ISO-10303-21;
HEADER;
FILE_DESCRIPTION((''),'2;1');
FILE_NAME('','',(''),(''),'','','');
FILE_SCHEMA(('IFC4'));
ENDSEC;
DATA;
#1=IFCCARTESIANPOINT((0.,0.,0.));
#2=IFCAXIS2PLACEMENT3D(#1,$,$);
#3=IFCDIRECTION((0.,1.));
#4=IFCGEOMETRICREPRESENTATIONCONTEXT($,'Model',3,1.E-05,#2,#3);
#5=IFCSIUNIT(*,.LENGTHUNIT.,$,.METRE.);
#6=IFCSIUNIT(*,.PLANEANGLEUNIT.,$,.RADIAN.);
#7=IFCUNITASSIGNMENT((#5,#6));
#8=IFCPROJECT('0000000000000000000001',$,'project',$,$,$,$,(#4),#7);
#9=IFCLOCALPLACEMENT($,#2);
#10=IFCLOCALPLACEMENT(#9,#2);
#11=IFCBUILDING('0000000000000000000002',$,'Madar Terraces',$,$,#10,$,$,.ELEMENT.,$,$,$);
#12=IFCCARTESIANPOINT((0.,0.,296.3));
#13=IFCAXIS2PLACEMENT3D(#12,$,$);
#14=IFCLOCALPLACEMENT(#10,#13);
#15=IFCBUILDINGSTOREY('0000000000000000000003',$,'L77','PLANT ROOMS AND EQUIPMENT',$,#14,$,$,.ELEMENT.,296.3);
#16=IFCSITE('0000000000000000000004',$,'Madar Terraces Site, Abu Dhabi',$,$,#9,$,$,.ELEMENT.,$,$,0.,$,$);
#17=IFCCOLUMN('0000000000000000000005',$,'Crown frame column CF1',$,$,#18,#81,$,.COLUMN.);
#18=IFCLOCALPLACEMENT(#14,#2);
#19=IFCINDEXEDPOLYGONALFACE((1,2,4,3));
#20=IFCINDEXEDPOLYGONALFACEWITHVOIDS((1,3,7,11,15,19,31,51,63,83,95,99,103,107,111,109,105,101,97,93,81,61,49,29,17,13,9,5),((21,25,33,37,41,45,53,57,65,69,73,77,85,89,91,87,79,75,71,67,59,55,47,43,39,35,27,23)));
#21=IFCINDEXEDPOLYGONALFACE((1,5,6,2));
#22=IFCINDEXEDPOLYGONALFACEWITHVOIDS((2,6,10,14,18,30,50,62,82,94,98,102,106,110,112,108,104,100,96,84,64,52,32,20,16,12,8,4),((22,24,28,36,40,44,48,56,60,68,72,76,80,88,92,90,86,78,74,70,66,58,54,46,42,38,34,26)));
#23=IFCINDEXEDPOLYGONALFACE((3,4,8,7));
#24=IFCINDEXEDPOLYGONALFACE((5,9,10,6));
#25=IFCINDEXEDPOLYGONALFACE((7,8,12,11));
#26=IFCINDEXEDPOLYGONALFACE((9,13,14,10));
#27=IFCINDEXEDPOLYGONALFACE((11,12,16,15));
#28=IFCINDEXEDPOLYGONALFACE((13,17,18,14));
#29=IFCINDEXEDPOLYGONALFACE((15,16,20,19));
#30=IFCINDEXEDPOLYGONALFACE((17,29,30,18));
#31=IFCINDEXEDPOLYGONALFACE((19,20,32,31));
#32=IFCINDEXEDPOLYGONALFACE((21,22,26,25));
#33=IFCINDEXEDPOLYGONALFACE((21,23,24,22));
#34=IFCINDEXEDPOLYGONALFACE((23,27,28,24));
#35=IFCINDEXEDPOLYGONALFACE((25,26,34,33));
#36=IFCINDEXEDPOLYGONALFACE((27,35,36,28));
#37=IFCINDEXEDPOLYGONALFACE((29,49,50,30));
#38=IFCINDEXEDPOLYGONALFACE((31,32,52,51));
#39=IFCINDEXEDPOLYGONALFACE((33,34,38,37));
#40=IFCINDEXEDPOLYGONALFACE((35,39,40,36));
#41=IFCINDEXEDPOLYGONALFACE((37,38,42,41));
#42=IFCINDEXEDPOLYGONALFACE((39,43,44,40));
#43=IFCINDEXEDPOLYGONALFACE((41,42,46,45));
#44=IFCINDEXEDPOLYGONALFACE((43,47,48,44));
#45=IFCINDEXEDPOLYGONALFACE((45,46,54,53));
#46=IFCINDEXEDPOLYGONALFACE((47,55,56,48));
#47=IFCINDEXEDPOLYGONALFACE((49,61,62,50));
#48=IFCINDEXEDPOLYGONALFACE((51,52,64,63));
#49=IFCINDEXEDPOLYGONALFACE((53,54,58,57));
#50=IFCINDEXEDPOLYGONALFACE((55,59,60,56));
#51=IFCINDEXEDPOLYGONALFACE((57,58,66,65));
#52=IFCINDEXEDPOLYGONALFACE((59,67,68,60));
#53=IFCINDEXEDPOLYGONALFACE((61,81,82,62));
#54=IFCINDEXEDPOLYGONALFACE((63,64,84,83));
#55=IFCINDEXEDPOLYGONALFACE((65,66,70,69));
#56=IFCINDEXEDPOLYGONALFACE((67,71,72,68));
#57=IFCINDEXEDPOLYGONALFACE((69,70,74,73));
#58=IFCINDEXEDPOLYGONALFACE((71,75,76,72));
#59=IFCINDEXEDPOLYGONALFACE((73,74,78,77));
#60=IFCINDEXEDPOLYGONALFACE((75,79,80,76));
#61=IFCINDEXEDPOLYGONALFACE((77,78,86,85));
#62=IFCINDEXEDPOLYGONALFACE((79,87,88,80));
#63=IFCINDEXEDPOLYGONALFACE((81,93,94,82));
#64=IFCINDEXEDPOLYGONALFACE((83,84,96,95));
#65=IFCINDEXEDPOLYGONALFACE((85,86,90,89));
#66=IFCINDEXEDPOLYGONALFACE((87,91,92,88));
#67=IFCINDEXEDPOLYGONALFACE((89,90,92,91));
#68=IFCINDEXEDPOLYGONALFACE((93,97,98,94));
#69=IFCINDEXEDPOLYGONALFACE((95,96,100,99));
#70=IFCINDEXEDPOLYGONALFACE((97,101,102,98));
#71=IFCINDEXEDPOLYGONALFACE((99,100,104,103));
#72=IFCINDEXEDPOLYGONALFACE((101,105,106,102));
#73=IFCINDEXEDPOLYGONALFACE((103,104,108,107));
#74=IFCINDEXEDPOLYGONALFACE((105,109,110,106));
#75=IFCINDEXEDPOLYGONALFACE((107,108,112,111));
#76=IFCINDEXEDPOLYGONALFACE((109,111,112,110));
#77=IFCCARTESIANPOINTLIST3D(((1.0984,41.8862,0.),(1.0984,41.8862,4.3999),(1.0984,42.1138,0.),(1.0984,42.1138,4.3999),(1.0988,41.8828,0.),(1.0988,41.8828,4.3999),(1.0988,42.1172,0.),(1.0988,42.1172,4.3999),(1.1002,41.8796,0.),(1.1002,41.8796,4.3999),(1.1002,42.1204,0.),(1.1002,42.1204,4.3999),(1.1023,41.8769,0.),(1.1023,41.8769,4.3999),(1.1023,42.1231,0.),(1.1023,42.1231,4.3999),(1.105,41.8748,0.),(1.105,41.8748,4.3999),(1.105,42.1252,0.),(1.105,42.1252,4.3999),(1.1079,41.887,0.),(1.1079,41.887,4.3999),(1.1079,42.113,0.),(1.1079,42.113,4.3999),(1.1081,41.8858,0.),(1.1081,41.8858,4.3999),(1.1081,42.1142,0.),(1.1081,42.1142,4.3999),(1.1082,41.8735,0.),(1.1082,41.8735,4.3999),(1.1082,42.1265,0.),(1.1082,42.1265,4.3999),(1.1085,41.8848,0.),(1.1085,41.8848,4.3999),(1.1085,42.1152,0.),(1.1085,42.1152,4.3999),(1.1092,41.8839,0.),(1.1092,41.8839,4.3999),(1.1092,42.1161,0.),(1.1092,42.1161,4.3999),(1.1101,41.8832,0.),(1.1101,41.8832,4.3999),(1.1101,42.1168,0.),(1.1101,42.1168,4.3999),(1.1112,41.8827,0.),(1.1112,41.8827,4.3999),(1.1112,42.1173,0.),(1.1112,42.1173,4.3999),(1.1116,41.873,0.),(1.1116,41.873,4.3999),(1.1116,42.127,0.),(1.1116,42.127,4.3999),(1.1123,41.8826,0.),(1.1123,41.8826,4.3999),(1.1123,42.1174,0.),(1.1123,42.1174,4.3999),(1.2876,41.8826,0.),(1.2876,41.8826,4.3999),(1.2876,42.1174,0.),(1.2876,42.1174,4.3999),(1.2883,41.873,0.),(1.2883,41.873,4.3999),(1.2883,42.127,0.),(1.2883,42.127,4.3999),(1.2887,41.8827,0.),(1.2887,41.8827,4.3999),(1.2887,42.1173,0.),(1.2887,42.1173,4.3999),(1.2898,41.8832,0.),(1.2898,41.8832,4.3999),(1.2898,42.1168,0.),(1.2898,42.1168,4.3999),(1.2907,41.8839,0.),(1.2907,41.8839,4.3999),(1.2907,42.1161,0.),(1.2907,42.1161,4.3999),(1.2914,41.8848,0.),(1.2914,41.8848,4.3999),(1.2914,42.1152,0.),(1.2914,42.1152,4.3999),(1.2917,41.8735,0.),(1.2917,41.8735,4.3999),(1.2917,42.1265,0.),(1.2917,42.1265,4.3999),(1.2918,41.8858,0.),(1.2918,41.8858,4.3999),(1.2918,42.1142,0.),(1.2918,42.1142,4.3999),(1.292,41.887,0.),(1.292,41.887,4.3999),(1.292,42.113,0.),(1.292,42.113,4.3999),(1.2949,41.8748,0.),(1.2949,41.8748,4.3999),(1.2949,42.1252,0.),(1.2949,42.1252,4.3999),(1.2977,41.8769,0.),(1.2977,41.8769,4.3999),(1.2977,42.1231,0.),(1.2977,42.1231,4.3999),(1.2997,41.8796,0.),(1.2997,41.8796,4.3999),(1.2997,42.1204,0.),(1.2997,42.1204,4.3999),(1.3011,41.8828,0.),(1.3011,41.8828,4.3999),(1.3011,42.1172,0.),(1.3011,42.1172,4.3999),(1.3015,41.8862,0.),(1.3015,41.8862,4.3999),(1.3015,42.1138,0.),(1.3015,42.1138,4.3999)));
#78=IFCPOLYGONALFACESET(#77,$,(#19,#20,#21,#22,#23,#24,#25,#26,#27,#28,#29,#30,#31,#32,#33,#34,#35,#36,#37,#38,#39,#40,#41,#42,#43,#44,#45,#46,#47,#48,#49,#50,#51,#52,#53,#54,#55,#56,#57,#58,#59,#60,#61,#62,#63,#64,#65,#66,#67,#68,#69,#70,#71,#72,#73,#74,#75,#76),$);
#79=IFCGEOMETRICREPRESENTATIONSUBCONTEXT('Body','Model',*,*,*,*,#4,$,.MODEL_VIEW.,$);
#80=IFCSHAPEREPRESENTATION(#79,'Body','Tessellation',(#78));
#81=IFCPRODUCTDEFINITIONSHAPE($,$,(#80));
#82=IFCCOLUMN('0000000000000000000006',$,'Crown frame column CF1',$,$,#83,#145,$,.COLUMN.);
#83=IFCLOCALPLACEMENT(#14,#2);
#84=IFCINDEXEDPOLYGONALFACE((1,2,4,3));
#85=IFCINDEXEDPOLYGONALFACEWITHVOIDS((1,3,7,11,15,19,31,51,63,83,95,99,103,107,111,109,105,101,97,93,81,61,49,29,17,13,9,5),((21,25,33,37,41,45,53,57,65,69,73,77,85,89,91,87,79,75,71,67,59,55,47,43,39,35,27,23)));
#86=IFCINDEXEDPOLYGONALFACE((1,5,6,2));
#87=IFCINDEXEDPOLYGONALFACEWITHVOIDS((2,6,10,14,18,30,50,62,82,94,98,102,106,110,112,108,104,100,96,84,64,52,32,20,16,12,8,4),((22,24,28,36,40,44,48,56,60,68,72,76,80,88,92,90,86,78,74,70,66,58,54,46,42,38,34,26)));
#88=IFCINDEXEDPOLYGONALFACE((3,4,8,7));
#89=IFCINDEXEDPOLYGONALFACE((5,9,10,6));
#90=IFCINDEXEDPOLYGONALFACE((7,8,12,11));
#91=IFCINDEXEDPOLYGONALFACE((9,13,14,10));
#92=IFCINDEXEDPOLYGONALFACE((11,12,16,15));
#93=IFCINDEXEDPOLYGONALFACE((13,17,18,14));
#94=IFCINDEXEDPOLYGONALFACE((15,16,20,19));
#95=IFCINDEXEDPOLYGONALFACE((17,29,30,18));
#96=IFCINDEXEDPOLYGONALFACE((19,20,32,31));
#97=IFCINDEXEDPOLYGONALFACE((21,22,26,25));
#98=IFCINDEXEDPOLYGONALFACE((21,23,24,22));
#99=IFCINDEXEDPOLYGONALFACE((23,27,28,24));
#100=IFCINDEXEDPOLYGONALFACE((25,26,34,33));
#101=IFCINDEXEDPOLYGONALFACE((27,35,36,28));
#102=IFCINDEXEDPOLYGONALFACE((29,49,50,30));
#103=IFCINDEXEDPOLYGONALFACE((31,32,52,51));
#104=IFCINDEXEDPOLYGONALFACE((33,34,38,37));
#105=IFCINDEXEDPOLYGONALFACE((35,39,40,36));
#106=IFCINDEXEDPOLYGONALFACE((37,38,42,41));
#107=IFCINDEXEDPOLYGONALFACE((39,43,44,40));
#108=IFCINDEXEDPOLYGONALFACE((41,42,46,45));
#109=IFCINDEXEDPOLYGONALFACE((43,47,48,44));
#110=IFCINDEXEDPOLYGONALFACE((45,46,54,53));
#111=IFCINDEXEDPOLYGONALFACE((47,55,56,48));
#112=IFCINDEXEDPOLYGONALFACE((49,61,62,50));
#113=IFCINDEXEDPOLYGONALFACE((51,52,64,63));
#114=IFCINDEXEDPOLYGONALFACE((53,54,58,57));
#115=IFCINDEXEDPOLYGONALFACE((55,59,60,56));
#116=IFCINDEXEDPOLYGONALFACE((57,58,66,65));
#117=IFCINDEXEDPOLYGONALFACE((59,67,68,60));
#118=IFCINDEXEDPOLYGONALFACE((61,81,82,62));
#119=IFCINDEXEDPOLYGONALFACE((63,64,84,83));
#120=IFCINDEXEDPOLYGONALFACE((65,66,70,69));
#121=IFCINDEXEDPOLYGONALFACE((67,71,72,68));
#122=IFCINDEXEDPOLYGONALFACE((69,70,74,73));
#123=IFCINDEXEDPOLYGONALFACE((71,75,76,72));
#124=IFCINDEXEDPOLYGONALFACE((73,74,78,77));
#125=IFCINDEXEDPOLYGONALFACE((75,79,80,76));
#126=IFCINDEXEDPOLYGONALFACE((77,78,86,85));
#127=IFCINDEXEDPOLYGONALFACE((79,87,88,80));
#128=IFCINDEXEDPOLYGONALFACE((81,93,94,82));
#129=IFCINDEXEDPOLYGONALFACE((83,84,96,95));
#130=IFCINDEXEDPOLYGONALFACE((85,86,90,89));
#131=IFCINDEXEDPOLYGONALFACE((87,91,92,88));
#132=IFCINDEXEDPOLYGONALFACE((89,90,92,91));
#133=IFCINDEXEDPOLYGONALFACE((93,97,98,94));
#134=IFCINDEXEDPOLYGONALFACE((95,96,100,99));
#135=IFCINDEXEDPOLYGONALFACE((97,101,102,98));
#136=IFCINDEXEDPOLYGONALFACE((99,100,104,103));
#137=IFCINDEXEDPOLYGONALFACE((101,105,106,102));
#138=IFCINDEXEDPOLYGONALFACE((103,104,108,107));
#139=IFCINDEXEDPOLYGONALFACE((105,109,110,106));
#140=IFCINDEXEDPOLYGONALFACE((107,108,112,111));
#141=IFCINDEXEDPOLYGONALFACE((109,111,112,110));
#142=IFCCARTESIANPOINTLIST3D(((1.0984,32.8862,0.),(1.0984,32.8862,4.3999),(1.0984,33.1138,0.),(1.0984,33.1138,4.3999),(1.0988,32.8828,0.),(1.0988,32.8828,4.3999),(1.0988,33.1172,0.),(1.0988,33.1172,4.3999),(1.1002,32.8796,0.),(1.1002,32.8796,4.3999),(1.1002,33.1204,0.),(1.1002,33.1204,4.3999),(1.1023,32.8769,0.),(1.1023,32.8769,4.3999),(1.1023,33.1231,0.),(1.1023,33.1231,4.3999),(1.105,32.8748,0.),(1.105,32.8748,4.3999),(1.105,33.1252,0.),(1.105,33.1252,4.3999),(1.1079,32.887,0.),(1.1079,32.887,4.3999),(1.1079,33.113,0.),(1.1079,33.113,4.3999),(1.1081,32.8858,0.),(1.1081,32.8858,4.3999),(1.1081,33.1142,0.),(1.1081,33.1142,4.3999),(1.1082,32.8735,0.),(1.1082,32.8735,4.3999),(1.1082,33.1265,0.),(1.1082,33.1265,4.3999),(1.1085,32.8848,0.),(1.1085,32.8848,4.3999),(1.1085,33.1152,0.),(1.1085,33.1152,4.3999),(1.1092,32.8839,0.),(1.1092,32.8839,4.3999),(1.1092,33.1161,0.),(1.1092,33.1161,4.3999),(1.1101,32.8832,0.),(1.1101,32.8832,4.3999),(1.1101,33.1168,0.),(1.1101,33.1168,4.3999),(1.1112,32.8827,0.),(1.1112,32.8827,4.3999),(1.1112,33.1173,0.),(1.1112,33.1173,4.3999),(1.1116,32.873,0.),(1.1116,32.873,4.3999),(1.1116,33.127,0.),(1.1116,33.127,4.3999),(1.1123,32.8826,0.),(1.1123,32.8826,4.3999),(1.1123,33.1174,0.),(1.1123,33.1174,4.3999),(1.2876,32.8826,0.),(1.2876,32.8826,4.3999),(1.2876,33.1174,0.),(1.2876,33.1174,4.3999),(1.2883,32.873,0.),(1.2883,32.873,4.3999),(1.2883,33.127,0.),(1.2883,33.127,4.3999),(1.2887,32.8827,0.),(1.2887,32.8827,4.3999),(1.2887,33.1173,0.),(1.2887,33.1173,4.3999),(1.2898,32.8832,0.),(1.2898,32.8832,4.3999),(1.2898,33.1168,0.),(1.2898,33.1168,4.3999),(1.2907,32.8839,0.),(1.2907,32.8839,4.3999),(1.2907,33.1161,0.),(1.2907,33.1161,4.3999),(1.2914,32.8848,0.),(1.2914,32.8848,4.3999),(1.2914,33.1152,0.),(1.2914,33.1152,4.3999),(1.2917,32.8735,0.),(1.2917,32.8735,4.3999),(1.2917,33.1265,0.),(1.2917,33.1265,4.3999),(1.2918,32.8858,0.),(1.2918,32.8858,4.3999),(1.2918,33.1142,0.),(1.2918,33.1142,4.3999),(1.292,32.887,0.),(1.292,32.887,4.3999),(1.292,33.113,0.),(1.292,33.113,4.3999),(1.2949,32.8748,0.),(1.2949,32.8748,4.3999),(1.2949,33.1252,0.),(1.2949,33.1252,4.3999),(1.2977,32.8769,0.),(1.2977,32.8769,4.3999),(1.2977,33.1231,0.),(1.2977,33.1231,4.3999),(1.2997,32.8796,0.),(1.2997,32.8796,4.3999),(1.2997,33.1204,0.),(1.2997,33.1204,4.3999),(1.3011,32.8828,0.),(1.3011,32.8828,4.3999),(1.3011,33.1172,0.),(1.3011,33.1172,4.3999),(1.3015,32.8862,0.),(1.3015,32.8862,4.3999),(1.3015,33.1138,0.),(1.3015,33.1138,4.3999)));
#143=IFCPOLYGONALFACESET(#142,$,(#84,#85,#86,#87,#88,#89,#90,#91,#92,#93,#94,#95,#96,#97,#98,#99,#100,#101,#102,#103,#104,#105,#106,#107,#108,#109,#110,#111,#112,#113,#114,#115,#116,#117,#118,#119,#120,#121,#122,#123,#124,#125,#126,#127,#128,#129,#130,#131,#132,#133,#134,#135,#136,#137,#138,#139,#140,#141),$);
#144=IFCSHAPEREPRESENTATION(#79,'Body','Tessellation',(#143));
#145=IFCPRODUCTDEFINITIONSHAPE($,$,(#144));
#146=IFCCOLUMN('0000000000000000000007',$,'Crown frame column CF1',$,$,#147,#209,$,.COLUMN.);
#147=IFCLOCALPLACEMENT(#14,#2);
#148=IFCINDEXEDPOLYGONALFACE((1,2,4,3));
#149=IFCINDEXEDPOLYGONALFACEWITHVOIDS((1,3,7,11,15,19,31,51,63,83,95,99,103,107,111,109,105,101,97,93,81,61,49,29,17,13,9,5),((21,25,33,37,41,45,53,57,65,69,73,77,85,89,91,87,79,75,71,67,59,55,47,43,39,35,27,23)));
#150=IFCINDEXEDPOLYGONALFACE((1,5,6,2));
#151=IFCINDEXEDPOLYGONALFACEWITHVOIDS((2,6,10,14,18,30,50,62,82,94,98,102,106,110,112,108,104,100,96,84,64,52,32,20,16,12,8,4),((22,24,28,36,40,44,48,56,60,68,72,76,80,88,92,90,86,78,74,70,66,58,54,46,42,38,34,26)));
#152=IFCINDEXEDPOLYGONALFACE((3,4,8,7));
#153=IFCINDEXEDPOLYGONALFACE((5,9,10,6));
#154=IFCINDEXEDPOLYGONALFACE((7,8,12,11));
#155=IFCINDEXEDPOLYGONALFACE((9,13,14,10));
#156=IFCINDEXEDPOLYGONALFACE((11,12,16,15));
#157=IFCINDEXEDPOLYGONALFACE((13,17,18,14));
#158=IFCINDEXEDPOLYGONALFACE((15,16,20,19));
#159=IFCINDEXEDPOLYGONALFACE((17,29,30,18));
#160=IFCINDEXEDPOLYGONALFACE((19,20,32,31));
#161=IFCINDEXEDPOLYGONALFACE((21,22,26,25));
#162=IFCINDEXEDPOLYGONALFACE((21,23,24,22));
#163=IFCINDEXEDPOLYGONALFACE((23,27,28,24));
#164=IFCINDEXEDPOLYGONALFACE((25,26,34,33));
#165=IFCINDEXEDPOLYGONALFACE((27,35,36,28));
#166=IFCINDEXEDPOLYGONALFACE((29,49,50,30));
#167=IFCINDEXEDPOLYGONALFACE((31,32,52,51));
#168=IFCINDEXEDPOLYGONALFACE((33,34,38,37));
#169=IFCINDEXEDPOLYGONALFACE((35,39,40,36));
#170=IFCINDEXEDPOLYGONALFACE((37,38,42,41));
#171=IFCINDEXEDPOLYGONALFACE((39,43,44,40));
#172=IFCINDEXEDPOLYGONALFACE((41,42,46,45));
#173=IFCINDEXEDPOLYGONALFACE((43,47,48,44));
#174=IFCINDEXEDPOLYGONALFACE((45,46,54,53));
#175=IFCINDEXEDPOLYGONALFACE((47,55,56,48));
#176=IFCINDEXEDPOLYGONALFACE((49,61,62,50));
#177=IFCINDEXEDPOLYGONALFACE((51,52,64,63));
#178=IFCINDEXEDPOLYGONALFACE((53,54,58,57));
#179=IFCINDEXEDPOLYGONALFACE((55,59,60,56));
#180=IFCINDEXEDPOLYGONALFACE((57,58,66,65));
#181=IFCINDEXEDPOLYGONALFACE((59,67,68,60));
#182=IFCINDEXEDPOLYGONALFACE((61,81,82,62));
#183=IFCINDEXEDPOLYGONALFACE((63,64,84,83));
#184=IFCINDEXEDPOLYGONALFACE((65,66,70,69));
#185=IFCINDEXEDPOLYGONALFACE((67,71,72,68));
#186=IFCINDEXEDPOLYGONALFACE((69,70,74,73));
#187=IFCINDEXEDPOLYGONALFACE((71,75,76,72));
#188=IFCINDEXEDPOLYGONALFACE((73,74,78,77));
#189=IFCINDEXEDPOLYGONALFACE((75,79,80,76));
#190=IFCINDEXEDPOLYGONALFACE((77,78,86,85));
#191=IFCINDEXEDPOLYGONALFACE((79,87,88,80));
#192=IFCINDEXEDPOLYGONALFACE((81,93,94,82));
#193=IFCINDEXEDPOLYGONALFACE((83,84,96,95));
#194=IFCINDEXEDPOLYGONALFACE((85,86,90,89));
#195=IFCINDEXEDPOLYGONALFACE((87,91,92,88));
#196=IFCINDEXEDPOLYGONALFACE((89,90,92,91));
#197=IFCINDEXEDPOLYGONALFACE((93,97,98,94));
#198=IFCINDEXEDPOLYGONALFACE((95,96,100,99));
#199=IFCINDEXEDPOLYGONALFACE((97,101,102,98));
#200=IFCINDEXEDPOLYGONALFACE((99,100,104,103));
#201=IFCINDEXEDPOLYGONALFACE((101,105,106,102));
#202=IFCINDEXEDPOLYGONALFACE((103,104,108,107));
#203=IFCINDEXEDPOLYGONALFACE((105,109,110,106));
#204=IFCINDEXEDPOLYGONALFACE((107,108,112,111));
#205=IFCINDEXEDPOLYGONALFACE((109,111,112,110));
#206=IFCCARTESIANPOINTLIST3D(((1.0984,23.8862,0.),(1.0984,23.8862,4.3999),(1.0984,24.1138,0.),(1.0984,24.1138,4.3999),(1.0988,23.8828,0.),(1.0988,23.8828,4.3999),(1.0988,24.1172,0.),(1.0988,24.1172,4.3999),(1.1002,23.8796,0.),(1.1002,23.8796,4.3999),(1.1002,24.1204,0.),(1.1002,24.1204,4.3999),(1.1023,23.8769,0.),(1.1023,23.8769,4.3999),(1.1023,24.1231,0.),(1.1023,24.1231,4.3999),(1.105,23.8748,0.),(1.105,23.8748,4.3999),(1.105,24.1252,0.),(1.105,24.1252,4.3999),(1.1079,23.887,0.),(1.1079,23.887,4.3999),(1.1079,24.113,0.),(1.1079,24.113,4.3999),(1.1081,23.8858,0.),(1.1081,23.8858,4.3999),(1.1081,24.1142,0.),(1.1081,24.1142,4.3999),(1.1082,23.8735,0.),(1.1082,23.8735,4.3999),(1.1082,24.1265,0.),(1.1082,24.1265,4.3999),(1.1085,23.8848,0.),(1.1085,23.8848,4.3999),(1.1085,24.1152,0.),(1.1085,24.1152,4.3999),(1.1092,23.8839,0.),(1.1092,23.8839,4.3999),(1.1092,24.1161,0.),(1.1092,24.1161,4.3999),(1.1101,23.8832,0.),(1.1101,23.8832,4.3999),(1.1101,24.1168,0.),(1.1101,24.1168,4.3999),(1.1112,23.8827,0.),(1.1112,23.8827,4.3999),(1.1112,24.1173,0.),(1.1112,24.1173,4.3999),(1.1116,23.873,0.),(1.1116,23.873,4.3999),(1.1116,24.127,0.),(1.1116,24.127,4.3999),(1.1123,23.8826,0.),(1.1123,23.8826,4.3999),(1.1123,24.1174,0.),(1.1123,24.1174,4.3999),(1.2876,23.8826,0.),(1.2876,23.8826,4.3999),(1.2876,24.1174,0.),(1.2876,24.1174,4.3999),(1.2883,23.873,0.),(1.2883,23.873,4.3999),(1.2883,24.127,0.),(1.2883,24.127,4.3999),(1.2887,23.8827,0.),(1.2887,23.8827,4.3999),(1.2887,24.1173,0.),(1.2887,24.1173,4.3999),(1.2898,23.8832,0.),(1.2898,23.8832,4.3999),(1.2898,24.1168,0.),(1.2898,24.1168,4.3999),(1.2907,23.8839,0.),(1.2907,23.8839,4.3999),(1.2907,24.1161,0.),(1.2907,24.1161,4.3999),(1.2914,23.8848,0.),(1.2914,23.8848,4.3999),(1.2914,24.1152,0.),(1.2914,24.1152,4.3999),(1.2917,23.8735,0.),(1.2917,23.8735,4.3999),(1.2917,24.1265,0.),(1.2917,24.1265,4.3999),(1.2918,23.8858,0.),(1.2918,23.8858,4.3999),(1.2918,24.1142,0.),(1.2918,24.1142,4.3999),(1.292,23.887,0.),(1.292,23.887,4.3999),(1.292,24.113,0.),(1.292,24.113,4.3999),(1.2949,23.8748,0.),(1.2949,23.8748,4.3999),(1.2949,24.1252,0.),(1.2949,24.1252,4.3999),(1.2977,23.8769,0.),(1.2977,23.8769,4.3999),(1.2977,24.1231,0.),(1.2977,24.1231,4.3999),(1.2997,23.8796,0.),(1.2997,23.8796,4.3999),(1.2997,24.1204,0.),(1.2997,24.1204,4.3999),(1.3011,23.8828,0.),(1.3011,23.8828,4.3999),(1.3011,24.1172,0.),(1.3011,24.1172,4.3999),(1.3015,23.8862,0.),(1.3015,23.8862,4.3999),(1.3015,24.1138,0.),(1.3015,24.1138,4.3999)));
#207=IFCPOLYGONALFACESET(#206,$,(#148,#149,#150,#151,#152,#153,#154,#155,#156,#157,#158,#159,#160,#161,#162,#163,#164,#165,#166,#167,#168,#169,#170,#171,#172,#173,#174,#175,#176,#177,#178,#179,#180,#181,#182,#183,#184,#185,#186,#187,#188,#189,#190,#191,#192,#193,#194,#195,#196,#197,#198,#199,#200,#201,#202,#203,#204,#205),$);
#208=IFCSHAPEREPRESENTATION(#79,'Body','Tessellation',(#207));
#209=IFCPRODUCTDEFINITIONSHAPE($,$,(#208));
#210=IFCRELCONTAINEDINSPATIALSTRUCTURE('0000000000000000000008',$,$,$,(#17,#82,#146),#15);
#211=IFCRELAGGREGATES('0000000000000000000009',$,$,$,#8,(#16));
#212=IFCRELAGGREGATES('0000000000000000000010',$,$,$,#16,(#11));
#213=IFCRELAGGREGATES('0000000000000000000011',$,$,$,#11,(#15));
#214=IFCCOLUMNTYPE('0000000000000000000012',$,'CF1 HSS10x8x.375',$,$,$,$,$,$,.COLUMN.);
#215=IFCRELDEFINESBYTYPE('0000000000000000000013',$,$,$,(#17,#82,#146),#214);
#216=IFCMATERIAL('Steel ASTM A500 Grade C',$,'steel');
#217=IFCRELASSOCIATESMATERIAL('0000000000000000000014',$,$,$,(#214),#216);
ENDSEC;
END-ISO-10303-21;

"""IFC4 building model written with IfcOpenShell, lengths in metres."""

from ifc_helpers import new_model, si_unit, direction, frame, origin, origin_2d, place, context, subcontext, project, spatial, hollow_rectangle, extrude, material, material_profile, profile_set, type_object, element, save


model = new_model("IFC4")

# Units and contexts
model_context = context("Model", 3, precision=1e-05, world=origin(), true_north=direction((0.0, 1.0)))
body_context = subcontext(model_context, "Body", "Model", "MODEL_VIEW")
ifc_project = project(units=[si_unit("LENGTHUNIT", "METRE"), si_unit("PLANEANGLEUNIT", "RADIAN")], contexts=[model_context])

# Site, building, storey
site_placement = place(None, origin())
site = spatial("IfcSite", under=ifc_project, at=site_placement, Name="Madar Terraces Site, Abu Dhabi", CompositionType="ELEMENT", RefElevation=0.0)
building_placement = place(site_placement, origin())
building = spatial("IfcBuilding", under=site, at=building_placement, Name="Madar Terraces", CompositionType="ELEMENT")
storey_placement = place(building_placement, frame((0.0, 0.0, 296.3)))
storey = spatial("IfcBuildingStorey", under=building, at=storey_placement, Name="L77", Description="PLANT ROOMS AND EQUIPMENT", CompositionType="ELEMENT", Elevation=296.3)

# Columns
ifc_material_1 = material(Name="Steel ASTM A500 Grade C", Category="steel")
ifc_material_profile_1 = material_profile(ifc_material_1, hollow_rectangle(XDim=0.2031, YDim=0.2539, WallThickness=0.0095, InnerFilletRadius=0.0044, OuterFilletRadius=0.0132, at=origin_2d()), Name="HSS10x8x.375")
ifc_profile_set_1 = profile_set([ifc_material_profile_1], Name="Steel ASTM A500 Grade C")
column_type = type_object("IfcColumnType", Name="CF1 HSS10x8x.375", PredefinedType="COLUMN", material=ifc_profile_set_1)
for number, where, z_axis, x_axis, name in (
    (1, (1.2, 42.0, 0.0), (0.0, 0.0, 1.0), (1.0, 0.0, 0.0), "Crown frame column CF1"),
    (2, (1.2, 33.0, 0.0), (0.0, 0.0, 1.0), (1.0, 0.0, 0.0), "Crown frame column CF1"),
    (3, (1.2, 24.0, 0.0), (0.0, 0.0, 1.0), (1.0, 0.0, 0.0), "Crown frame column CF1"),
):
    element("IfcColumn", number, at=place(storey_placement, frame(where, z_axis=z_axis, x_axis=x_axis)), inside=storey, type_object=column_type, Name=name, PredefinedType="COLUMN", context=body_context, shape_type="SweptSolid", body=[
        extrude(hollow_rectangle(XDim=0.2031, YDim=0.2539, WallThickness=0.0095, InnerFilletRadius=0.0044, OuterFilletRadius=0.0132, at=origin_2d()), origin(), (0.0, 0.0, 1.0), 4.3999),
    ])

save(model, "model.ifc")
